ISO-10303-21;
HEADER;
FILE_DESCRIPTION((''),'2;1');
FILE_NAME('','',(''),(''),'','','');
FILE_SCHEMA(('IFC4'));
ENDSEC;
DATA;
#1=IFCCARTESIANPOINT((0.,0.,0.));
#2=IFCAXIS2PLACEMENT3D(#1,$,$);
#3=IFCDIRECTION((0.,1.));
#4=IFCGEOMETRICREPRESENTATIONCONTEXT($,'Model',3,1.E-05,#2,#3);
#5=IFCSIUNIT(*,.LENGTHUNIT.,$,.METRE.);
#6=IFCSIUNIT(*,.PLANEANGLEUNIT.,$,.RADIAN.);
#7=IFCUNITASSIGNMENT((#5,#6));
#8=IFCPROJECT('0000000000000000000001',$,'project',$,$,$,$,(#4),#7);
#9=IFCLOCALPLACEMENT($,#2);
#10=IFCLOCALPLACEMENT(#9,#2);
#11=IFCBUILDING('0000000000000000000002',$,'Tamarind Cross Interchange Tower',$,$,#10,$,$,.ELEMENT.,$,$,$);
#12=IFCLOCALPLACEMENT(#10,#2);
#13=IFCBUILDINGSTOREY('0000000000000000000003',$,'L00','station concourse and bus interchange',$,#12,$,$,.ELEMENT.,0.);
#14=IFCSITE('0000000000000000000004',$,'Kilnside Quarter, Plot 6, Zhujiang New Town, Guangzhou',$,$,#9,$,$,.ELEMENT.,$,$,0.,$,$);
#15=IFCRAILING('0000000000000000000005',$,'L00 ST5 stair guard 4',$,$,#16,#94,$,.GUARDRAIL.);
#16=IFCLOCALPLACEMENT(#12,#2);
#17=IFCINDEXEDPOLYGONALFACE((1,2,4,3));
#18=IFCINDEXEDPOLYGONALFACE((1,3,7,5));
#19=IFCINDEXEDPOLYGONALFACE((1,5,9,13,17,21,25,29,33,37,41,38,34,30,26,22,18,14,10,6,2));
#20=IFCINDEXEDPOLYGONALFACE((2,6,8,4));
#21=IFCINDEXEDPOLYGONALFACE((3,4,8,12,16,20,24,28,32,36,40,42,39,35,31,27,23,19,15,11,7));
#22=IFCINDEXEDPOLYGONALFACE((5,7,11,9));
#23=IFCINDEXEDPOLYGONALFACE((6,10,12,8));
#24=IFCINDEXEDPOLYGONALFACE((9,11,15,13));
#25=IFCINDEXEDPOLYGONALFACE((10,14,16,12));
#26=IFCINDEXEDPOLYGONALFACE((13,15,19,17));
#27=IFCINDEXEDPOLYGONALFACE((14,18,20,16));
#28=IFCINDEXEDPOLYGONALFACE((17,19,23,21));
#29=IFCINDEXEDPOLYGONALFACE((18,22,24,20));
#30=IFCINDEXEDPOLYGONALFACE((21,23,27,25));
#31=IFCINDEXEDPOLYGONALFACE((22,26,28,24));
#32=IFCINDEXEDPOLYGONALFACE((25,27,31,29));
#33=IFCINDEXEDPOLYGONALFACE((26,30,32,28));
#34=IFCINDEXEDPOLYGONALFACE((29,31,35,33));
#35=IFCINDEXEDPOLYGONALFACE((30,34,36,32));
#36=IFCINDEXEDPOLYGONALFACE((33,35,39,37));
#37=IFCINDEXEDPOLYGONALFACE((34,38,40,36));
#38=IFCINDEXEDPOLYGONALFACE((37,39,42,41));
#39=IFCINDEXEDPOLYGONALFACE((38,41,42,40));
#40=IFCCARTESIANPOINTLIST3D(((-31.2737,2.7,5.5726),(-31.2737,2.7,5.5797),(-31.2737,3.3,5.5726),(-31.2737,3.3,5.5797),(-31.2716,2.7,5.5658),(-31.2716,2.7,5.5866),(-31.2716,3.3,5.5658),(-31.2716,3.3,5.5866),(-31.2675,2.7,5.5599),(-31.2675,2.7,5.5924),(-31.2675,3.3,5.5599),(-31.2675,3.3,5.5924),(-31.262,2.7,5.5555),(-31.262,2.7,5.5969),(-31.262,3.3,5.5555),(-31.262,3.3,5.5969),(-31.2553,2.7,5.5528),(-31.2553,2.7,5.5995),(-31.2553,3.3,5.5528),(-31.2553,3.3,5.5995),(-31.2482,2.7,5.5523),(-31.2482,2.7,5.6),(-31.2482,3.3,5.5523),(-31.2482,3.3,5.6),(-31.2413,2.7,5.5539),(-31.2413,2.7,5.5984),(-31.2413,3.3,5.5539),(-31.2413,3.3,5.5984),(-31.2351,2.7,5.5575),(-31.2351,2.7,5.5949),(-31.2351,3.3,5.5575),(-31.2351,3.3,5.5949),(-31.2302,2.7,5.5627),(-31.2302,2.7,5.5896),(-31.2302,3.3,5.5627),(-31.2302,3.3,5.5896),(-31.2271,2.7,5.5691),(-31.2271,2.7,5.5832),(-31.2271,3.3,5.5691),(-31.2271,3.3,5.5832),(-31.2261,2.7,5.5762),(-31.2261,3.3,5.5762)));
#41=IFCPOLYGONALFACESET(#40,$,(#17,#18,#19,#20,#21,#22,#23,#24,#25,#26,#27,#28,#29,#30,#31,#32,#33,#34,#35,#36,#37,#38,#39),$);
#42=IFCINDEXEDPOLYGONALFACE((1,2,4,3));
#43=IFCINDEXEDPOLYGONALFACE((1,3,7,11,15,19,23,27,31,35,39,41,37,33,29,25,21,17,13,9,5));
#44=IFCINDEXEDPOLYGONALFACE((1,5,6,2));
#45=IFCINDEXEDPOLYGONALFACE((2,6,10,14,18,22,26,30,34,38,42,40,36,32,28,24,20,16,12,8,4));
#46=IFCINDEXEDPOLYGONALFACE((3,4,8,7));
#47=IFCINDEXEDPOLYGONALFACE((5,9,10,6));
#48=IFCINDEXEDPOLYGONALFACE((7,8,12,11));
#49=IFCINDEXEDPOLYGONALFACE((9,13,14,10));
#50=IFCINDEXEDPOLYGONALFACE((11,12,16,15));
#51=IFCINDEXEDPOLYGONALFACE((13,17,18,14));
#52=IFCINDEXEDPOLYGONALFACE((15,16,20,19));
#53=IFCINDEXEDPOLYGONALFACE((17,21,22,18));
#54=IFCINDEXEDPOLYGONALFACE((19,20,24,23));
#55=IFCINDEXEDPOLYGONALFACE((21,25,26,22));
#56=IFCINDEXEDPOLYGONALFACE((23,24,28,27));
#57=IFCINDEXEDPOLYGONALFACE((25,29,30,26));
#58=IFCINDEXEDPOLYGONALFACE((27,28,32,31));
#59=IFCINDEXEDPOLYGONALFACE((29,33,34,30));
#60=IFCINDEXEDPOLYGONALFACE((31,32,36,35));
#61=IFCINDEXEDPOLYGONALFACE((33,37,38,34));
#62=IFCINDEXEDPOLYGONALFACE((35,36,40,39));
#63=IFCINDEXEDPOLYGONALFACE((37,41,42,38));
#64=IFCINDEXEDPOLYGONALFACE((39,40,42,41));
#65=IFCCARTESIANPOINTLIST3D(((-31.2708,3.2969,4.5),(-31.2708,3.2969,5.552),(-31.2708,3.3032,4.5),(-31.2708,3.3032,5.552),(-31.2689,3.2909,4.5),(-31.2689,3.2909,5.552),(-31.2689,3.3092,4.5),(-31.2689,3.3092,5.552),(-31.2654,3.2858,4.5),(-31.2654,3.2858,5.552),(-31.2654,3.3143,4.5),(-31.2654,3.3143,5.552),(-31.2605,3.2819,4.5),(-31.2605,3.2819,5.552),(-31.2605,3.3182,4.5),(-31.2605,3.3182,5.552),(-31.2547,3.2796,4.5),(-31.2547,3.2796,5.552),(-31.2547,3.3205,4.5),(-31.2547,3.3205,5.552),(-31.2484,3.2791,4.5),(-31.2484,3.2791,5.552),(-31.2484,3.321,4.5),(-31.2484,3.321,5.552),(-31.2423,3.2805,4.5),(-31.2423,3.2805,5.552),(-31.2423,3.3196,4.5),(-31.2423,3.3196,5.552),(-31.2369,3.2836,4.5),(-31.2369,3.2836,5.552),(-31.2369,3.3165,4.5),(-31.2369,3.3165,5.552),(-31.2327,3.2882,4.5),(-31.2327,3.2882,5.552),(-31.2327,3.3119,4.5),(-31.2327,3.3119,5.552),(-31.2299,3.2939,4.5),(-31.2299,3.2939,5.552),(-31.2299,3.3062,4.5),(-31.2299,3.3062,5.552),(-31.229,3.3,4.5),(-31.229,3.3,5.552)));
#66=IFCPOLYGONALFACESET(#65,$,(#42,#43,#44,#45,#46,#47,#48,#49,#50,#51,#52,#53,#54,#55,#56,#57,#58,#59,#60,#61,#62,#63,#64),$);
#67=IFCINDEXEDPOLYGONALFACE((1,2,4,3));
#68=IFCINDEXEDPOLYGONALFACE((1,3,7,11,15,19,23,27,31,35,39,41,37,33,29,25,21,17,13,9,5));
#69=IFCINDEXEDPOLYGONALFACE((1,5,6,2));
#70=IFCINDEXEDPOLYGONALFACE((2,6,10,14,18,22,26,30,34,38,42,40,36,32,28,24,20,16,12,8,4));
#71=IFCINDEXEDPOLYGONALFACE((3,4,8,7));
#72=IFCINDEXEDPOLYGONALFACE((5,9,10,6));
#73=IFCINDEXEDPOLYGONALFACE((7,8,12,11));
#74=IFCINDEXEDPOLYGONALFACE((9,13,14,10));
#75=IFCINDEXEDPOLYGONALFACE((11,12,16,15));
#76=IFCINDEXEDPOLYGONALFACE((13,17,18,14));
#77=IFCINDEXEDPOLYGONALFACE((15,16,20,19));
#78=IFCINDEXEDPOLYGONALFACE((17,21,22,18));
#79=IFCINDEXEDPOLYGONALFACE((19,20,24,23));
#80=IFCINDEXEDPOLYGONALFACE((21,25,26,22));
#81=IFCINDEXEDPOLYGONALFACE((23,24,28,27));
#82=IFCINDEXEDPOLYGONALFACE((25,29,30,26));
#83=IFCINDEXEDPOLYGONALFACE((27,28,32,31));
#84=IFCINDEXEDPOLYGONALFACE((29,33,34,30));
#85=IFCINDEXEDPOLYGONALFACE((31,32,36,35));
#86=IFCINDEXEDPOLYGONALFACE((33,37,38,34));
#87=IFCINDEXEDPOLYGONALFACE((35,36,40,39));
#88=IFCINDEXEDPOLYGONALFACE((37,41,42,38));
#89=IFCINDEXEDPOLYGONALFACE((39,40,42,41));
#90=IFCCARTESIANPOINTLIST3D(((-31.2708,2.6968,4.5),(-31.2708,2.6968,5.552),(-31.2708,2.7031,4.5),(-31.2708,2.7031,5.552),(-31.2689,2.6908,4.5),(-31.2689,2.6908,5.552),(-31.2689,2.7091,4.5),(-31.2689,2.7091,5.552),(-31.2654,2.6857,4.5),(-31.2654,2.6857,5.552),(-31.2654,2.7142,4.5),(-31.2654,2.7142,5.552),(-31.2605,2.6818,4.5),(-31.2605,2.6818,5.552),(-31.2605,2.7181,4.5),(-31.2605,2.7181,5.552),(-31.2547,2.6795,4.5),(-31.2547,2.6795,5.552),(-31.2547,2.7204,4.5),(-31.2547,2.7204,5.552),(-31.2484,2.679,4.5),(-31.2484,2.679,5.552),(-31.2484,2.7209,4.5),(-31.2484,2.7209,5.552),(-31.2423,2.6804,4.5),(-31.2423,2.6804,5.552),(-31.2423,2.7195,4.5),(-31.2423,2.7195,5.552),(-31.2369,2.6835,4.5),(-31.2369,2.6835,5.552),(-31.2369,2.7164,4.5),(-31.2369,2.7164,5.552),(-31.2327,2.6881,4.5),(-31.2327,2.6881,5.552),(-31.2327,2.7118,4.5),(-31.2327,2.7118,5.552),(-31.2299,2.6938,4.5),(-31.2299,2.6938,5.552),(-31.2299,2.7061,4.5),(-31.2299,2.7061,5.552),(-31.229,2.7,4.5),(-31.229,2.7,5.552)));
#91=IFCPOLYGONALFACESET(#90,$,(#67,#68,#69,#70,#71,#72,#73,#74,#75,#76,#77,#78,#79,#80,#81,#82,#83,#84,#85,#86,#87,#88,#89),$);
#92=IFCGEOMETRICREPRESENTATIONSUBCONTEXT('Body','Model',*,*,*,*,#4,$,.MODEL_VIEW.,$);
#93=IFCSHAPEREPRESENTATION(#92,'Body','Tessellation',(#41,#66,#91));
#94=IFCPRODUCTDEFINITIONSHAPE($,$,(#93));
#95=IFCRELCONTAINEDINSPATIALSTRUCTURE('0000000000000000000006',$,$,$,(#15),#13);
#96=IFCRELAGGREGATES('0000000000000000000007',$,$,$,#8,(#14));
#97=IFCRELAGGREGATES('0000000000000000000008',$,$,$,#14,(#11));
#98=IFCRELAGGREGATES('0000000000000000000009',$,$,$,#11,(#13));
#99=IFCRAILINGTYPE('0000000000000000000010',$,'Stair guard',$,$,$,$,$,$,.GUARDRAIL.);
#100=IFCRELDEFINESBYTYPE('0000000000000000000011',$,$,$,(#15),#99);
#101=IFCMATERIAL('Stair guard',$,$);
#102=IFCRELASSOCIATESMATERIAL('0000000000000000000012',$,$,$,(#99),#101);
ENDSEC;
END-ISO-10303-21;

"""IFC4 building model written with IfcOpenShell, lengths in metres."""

from ifc_helpers import new_model, si_unit, direction, frame, origin, origin_2d, place, context, subcontext, project, spatial, circle, extrude, material, type_object, element, save


model = new_model("IFC4")

# Units and contexts
model_context = context("Model", 3, precision=1e-05, world=origin(), true_north=direction((0.0, 1.0)))
body_context = subcontext(model_context, "Body", "Model", "MODEL_VIEW")
ifc_project = project(units=[si_unit("LENGTHUNIT", "METRE"), si_unit("PLANEANGLEUNIT", "RADIAN")], contexts=[model_context])

# Site, building, storey
site_placement = place(None, origin())
site = spatial("IfcSite", under=ifc_project, at=site_placement, Name="Kilnside Quarter, Plot 6, Zhujiang New Town, Guangzhou", CompositionType="ELEMENT", RefElevation=0.0)
building_placement = place(site_placement, origin())
building = spatial("IfcBuilding", under=site, at=building_placement, Name="Tamarind Cross Interchange Tower", CompositionType="ELEMENT")
storey_placement = place(building_placement, origin())
storey = spatial("IfcBuildingStorey", under=building, at=storey_placement, Name="L00", Description="station concourse and bus interchange", CompositionType="ELEMENT", Elevation=0.0)

# Railing
ifc_material_1 = material(Name="Stair guard")
railing_type_1 = type_object("IfcRailingType", Name="Stair guard", PredefinedType="GUARDRAIL", material=ifc_material_1)
railing_1_placement = place(storey_placement, frame((-31.25, 3.3, 4.5)))
element("IfcRailing", 1, at=railing_1_placement, inside=storey, type_object=railing_type_1, Name="L00 ST5 stair guard 4", PredefinedType="GUARDRAIL", context=body_context, shape_type="SweptSolid", body=[
    extrude(circle(Radius=0.0239, at=origin_2d()), frame((0.0, 0.0, 1.0762), z_axis=(0.0, -1.0, 0.0), x_axis=(1.0, 0.0, 0.0)), (0.0, 0.0, 1.0), 0.6001),
    extrude(circle(Radius=0.021, at=origin_2d()), origin(), (0.0, 0.0, 1.0), 1.052),
    extrude(circle(Radius=0.021, at=origin_2d()), frame((0.0, -0.6001, 0.0)), (0.0, 0.0, 1.0), 1.052),
])

save(model, "model.ifc")
